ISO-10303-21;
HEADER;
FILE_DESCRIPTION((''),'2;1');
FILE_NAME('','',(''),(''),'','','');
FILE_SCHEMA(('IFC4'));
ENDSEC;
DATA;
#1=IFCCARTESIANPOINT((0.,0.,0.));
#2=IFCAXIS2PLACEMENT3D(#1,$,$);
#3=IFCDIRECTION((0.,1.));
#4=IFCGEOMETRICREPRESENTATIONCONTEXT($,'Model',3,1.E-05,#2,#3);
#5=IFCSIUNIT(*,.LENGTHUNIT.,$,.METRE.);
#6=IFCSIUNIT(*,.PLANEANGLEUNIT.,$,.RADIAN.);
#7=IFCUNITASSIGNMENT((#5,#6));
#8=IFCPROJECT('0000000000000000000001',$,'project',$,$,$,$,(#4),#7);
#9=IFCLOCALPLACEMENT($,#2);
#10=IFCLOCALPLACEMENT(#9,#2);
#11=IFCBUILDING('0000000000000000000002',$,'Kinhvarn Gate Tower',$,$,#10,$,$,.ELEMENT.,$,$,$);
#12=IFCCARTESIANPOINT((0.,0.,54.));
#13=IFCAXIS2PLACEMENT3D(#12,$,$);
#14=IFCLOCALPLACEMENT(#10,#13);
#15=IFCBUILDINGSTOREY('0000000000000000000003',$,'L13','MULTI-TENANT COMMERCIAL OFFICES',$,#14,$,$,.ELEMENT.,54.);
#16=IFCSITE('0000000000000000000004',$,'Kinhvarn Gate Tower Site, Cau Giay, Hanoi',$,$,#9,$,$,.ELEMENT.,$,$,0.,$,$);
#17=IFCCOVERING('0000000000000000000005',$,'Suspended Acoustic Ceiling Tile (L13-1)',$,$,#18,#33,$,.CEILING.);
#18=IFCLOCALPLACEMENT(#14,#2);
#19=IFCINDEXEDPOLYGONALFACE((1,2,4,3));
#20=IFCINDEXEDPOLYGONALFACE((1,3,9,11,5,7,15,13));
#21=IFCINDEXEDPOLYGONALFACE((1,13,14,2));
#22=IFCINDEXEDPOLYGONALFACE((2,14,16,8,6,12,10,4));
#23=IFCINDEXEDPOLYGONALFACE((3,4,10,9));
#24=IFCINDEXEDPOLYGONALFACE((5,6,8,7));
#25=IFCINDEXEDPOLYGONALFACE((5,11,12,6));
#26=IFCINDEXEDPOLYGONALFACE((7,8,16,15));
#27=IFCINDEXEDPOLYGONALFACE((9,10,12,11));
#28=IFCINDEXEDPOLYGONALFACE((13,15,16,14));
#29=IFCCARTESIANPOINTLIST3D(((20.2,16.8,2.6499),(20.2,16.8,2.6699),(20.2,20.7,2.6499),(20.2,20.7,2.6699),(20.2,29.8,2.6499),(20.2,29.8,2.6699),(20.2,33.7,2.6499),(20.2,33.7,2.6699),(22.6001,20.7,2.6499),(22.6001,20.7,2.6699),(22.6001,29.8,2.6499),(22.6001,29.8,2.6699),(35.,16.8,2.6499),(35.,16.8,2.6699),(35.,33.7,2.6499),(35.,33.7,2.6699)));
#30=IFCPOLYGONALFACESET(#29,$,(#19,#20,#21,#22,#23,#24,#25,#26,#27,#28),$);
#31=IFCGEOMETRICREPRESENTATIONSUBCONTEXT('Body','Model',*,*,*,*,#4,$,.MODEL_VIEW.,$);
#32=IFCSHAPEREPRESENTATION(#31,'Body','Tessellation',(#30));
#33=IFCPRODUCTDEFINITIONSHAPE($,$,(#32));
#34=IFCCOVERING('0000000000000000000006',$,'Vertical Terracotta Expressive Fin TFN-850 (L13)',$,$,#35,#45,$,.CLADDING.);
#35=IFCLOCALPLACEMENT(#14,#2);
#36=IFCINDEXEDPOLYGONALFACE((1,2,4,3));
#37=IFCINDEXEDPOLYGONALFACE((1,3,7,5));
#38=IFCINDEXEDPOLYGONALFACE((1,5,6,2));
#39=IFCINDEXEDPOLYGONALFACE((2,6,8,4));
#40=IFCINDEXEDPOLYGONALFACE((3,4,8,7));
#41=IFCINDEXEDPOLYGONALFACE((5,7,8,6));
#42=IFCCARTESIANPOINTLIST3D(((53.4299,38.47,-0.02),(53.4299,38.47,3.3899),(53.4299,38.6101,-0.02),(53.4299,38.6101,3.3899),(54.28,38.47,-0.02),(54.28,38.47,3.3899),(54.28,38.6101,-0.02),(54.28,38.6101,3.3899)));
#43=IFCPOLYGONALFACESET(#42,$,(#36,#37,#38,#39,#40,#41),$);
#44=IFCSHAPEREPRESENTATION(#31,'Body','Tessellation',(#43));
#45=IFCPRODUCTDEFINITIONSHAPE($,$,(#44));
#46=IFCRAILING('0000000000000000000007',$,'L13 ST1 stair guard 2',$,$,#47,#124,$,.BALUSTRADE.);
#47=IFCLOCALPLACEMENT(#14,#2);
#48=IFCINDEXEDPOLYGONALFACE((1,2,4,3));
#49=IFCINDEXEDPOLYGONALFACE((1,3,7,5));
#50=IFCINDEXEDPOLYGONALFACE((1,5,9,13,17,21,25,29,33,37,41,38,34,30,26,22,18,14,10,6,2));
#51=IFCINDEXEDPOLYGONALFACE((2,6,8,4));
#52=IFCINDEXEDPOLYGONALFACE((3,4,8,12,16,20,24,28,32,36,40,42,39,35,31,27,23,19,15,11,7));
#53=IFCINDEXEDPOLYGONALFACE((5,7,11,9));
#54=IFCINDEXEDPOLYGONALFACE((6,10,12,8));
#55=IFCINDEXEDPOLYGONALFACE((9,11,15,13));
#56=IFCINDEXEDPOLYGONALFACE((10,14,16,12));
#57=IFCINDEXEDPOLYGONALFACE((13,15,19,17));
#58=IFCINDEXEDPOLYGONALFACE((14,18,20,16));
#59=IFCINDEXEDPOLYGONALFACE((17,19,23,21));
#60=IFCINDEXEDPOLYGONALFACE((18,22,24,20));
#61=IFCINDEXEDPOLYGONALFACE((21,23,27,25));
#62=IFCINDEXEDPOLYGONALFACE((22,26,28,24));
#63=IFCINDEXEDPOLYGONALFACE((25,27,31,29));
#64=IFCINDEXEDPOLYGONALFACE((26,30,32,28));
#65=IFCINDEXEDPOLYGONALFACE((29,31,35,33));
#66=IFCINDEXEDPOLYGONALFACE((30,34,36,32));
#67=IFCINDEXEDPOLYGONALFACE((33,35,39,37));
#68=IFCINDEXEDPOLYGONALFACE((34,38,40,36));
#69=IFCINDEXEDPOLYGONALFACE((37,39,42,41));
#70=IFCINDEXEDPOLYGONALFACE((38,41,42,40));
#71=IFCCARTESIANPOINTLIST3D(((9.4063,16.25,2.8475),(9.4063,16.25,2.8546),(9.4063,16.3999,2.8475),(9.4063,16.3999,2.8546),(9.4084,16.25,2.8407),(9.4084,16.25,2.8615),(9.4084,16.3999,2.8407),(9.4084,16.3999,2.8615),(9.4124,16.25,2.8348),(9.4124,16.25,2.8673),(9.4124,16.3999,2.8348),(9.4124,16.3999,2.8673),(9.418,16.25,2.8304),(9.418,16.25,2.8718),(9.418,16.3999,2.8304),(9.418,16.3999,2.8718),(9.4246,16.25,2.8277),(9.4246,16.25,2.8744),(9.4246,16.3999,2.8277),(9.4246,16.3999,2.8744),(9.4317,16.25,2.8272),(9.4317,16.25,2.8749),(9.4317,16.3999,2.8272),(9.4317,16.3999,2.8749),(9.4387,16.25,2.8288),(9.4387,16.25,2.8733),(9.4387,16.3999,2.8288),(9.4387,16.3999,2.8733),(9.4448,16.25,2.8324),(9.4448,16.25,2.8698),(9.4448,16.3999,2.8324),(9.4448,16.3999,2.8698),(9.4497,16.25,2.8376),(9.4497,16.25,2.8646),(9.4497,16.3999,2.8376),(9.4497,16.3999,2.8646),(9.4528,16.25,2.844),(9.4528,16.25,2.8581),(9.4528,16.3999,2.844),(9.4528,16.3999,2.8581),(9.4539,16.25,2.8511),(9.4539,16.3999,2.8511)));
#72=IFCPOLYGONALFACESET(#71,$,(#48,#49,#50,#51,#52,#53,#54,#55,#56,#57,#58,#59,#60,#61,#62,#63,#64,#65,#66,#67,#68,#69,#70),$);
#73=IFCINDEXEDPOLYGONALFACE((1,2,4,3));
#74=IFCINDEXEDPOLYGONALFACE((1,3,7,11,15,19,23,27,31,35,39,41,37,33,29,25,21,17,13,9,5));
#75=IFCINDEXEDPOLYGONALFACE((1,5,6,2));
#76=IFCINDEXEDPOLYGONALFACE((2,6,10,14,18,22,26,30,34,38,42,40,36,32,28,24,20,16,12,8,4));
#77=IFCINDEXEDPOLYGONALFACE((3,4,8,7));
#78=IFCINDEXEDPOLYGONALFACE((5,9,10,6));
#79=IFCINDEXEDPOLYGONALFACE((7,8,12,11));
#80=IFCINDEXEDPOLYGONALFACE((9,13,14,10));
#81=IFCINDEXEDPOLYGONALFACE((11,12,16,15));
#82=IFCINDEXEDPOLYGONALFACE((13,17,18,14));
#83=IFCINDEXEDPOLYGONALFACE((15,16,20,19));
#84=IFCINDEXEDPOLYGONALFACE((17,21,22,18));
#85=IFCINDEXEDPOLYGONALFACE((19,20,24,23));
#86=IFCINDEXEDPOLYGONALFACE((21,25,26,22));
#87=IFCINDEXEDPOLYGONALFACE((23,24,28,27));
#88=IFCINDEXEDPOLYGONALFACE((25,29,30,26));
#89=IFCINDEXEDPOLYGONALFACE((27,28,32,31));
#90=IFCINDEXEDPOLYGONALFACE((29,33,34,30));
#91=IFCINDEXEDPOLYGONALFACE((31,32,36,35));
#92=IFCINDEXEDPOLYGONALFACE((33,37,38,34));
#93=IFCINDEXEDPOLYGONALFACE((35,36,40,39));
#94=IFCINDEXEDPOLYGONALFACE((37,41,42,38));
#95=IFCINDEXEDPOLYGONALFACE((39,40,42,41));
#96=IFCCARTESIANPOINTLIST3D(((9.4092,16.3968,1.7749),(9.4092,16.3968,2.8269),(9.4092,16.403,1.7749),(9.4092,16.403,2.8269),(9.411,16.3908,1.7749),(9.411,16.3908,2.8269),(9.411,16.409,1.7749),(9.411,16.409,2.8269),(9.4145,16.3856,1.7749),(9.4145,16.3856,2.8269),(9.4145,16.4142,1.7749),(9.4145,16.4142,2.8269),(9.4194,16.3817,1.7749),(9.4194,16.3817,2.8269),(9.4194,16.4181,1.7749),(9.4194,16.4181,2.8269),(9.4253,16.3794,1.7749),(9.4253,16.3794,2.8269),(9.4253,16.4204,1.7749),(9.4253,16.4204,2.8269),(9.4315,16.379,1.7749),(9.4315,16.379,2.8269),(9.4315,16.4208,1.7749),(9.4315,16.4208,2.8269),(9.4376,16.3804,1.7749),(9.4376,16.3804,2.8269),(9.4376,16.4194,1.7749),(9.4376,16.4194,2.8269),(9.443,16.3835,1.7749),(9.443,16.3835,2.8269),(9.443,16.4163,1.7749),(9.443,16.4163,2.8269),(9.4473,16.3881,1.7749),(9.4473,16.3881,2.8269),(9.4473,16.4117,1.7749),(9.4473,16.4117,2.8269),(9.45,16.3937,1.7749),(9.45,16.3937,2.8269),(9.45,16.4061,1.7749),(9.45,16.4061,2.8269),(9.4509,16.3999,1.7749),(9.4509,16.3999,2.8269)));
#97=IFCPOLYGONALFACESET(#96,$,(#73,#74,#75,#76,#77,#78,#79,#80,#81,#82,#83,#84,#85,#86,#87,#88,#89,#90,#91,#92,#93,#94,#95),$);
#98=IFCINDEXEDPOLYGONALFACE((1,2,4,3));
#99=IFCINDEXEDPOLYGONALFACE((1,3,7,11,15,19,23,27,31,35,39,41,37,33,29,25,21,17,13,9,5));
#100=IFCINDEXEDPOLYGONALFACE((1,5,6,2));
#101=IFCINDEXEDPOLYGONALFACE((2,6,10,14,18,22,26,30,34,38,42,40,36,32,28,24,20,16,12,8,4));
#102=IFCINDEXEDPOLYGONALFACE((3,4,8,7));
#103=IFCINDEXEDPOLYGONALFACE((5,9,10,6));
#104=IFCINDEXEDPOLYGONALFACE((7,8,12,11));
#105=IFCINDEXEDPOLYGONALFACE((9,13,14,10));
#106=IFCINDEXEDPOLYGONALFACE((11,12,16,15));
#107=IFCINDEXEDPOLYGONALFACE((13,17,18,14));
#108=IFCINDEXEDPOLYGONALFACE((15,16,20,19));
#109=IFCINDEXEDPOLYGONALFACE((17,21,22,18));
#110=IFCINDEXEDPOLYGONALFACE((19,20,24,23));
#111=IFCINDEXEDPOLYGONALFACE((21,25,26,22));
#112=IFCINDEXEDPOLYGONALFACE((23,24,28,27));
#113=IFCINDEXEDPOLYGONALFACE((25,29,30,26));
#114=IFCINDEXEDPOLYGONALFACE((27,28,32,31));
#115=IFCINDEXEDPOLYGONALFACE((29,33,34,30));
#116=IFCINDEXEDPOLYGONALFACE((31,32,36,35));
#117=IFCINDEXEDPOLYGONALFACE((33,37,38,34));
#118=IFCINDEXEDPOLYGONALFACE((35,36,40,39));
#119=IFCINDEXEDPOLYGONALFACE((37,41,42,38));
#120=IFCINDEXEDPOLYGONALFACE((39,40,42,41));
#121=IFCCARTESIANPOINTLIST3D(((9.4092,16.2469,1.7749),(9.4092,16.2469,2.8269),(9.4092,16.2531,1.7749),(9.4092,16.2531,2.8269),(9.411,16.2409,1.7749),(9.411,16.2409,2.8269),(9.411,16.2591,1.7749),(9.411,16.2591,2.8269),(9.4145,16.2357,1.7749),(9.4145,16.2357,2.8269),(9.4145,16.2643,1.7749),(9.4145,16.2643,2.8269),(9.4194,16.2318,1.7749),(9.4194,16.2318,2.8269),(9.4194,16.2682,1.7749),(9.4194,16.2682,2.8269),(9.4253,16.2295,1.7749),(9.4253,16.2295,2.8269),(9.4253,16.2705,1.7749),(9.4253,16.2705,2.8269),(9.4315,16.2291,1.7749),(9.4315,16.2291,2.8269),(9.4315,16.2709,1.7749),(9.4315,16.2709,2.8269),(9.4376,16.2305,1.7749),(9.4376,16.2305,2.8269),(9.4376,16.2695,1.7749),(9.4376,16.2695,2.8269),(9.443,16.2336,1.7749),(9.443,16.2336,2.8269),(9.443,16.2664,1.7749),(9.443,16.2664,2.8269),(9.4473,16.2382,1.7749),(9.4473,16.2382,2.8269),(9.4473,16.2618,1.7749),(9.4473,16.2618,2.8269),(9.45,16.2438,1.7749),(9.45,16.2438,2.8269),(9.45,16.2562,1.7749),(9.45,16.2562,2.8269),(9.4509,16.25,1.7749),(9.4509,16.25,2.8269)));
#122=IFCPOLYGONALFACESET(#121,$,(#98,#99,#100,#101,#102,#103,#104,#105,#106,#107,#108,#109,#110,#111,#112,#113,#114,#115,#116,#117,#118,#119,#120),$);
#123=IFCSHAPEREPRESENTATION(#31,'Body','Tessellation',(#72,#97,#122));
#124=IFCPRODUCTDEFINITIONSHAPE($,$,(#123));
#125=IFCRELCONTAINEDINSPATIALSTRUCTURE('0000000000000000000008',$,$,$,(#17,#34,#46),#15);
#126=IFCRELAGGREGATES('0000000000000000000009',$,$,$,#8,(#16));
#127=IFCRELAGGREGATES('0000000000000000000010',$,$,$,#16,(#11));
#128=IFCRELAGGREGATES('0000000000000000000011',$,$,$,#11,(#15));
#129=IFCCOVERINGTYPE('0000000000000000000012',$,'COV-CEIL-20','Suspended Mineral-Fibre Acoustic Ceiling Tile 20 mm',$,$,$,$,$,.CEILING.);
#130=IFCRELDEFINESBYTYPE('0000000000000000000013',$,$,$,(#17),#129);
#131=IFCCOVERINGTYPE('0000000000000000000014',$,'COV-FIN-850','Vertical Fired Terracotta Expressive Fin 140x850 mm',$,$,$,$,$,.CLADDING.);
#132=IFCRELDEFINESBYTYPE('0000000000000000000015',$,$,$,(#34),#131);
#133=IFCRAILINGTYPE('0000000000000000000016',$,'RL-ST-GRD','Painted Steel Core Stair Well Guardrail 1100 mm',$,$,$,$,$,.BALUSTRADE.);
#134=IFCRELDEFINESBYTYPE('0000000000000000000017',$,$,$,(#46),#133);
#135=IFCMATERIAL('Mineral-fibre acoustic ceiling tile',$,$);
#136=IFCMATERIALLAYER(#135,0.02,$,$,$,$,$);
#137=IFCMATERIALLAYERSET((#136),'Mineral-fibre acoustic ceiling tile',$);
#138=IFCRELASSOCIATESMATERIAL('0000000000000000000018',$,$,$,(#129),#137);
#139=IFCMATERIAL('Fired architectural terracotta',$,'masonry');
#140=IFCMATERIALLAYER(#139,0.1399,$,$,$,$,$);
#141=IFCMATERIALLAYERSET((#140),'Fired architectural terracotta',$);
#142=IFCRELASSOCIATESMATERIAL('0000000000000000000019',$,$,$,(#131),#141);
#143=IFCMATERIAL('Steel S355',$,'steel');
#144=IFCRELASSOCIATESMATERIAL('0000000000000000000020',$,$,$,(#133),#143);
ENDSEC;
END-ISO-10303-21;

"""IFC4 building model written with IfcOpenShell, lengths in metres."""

from ifc_helpers import new_model, si_unit, direction, frame, origin, origin_2d, place, context, subcontext, project, spatial, polyline, circle, outline, extrude, material, layer, layer_set, type_object, element, save


model = new_model("IFC4")

# Units and contexts
model_context = context("Model", 3, precision=1e-05, world=origin(), true_north=direction((0.0, 1.0)))
body_context = subcontext(model_context, "Body", "Model", "MODEL_VIEW")
ifc_project = project(units=[si_unit("LENGTHUNIT", "METRE"), si_unit("PLANEANGLEUNIT", "RADIAN")], contexts=[model_context])

# Site, building, storey
site_placement = place(None, origin())
site = spatial("IfcSite", under=ifc_project, at=site_placement, Name="Kinhvarn Gate Tower Site, Cau Giay, Hanoi", CompositionType="ELEMENT", RefElevation=0.0)
building_placement = place(site_placement, origin())
building = spatial("IfcBuilding", under=site, at=building_placement, Name="Kinhvarn Gate Tower", CompositionType="ELEMENT")
storey_placement = place(building_placement, frame((0.0, 0.0, 54.0)))
storey = spatial("IfcBuildingStorey", under=building, at=storey_placement, Name="L13", Description="MULTI-TENANT COMMERCIAL OFFICES", CompositionType="ELEMENT", Elevation=54.0)

# Shared definitions
ifc_material_1 = material(Name="Steel S355", Category="steel")

# Shared definitions
ifc_material_2 = material(Name="Fired architectural terracotta", Category="masonry")

# Coverings
ifc_material_3 = material(Name="Mineral-fibre acoustic ceiling tile")
ifc_layer_1 = layer(ifc_material_3, 0.02)
ifc_layer_set_1 = layer_set([ifc_layer_1], Name="Mineral-fibre acoustic ceiling tile")
covering_type_1 = type_object("IfcCoveringType", Name="COV-CEIL-20", Description="Suspended Mineral-Fibre Acoustic Ceiling Tile 20 mm", PredefinedType="CEILING", material=ifc_layer_set_1)
covering_1_placement = place(storey_placement, frame((0.0, 0.0, 2.6499)))
element("IfcCovering", 1, at=covering_1_placement, inside=storey, type_object=covering_type_1, Name="Suspended Acoustic Ceiling Tile (L13-1)", PredefinedType="CEILING", context=body_context, shape_type="SweptSolid", body=[
    extrude(outline(polyline([(35.0, 33.7), (35.0, 16.8), (20.2, 16.8), (20.2, 20.7), (22.6001, 20.7), (22.6001, 29.8), (20.2, 29.8), (20.2, 33.7), (35.0, 33.7)])), origin(), (0.0, 0.0, 1.0), 0.02),
])
ifc_layer_2 = layer(ifc_material_2, 0.1399)
ifc_layer_set_2 = layer_set([ifc_layer_2], Name="Fired architectural terracotta")
covering_type_2 = type_object("IfcCoveringType", Name="COV-FIN-850", Description="Vertical Fired Terracotta Expressive Fin 140x850 mm", PredefinedType="CLADDING", material=ifc_layer_set_2)
covering_2_placement = place(storey_placement, frame((0.0, 0.0, -0.02)))
element("IfcCovering", 2, at=covering_2_placement, inside=storey, type_object=covering_type_2, Name="Vertical Terracotta Expressive Fin TFN-850 (L13)", PredefinedType="CLADDING", context=body_context, shape_type="SweptSolid", body=[
    extrude(outline(polyline([(53.4299, 38.47), (53.4299, 38.6101), (54.28, 38.6101), (54.28, 38.47), (53.4299, 38.47)])), origin(), (0.0, 0.0, 1.0), 3.4099),
])

# Railing
railing_type_1 = type_object("IfcRailingType", Name="RL-ST-GRD", Description="Painted Steel Core Stair Well Guardrail 1100 mm", PredefinedType="BALUSTRADE", material=ifc_material_1)
railing_1_placement = place(storey_placement, frame((9.4299, 16.3999, 1.7749)))
element("IfcRailing", 3, at=railing_1_placement, inside=storey, type_object=railing_type_1, Name="L13 ST1 stair guard 2", PredefinedType="BALUSTRADE", context=body_context, shape_type="SweptSolid", body=[
    extrude(circle(Radius=0.0239, at=origin_2d()), frame((0.0, 0.0, 1.0762), z_axis=(0.0, -1.0, 0.0), x_axis=(1.0, 0.0, 0.0)), (0.0, 0.0, 1.0), 0.1499),
    extrude(circle(Radius=0.021, at=origin_2d()), origin(), (0.0, 0.0, 1.0), 1.052),
    extrude(circle(Radius=0.021, at=origin_2d()), frame((0.0, -0.1499, 0.0)), (0.0, 0.0, 1.0), 1.052),
])

save(model, "model.ifc")
